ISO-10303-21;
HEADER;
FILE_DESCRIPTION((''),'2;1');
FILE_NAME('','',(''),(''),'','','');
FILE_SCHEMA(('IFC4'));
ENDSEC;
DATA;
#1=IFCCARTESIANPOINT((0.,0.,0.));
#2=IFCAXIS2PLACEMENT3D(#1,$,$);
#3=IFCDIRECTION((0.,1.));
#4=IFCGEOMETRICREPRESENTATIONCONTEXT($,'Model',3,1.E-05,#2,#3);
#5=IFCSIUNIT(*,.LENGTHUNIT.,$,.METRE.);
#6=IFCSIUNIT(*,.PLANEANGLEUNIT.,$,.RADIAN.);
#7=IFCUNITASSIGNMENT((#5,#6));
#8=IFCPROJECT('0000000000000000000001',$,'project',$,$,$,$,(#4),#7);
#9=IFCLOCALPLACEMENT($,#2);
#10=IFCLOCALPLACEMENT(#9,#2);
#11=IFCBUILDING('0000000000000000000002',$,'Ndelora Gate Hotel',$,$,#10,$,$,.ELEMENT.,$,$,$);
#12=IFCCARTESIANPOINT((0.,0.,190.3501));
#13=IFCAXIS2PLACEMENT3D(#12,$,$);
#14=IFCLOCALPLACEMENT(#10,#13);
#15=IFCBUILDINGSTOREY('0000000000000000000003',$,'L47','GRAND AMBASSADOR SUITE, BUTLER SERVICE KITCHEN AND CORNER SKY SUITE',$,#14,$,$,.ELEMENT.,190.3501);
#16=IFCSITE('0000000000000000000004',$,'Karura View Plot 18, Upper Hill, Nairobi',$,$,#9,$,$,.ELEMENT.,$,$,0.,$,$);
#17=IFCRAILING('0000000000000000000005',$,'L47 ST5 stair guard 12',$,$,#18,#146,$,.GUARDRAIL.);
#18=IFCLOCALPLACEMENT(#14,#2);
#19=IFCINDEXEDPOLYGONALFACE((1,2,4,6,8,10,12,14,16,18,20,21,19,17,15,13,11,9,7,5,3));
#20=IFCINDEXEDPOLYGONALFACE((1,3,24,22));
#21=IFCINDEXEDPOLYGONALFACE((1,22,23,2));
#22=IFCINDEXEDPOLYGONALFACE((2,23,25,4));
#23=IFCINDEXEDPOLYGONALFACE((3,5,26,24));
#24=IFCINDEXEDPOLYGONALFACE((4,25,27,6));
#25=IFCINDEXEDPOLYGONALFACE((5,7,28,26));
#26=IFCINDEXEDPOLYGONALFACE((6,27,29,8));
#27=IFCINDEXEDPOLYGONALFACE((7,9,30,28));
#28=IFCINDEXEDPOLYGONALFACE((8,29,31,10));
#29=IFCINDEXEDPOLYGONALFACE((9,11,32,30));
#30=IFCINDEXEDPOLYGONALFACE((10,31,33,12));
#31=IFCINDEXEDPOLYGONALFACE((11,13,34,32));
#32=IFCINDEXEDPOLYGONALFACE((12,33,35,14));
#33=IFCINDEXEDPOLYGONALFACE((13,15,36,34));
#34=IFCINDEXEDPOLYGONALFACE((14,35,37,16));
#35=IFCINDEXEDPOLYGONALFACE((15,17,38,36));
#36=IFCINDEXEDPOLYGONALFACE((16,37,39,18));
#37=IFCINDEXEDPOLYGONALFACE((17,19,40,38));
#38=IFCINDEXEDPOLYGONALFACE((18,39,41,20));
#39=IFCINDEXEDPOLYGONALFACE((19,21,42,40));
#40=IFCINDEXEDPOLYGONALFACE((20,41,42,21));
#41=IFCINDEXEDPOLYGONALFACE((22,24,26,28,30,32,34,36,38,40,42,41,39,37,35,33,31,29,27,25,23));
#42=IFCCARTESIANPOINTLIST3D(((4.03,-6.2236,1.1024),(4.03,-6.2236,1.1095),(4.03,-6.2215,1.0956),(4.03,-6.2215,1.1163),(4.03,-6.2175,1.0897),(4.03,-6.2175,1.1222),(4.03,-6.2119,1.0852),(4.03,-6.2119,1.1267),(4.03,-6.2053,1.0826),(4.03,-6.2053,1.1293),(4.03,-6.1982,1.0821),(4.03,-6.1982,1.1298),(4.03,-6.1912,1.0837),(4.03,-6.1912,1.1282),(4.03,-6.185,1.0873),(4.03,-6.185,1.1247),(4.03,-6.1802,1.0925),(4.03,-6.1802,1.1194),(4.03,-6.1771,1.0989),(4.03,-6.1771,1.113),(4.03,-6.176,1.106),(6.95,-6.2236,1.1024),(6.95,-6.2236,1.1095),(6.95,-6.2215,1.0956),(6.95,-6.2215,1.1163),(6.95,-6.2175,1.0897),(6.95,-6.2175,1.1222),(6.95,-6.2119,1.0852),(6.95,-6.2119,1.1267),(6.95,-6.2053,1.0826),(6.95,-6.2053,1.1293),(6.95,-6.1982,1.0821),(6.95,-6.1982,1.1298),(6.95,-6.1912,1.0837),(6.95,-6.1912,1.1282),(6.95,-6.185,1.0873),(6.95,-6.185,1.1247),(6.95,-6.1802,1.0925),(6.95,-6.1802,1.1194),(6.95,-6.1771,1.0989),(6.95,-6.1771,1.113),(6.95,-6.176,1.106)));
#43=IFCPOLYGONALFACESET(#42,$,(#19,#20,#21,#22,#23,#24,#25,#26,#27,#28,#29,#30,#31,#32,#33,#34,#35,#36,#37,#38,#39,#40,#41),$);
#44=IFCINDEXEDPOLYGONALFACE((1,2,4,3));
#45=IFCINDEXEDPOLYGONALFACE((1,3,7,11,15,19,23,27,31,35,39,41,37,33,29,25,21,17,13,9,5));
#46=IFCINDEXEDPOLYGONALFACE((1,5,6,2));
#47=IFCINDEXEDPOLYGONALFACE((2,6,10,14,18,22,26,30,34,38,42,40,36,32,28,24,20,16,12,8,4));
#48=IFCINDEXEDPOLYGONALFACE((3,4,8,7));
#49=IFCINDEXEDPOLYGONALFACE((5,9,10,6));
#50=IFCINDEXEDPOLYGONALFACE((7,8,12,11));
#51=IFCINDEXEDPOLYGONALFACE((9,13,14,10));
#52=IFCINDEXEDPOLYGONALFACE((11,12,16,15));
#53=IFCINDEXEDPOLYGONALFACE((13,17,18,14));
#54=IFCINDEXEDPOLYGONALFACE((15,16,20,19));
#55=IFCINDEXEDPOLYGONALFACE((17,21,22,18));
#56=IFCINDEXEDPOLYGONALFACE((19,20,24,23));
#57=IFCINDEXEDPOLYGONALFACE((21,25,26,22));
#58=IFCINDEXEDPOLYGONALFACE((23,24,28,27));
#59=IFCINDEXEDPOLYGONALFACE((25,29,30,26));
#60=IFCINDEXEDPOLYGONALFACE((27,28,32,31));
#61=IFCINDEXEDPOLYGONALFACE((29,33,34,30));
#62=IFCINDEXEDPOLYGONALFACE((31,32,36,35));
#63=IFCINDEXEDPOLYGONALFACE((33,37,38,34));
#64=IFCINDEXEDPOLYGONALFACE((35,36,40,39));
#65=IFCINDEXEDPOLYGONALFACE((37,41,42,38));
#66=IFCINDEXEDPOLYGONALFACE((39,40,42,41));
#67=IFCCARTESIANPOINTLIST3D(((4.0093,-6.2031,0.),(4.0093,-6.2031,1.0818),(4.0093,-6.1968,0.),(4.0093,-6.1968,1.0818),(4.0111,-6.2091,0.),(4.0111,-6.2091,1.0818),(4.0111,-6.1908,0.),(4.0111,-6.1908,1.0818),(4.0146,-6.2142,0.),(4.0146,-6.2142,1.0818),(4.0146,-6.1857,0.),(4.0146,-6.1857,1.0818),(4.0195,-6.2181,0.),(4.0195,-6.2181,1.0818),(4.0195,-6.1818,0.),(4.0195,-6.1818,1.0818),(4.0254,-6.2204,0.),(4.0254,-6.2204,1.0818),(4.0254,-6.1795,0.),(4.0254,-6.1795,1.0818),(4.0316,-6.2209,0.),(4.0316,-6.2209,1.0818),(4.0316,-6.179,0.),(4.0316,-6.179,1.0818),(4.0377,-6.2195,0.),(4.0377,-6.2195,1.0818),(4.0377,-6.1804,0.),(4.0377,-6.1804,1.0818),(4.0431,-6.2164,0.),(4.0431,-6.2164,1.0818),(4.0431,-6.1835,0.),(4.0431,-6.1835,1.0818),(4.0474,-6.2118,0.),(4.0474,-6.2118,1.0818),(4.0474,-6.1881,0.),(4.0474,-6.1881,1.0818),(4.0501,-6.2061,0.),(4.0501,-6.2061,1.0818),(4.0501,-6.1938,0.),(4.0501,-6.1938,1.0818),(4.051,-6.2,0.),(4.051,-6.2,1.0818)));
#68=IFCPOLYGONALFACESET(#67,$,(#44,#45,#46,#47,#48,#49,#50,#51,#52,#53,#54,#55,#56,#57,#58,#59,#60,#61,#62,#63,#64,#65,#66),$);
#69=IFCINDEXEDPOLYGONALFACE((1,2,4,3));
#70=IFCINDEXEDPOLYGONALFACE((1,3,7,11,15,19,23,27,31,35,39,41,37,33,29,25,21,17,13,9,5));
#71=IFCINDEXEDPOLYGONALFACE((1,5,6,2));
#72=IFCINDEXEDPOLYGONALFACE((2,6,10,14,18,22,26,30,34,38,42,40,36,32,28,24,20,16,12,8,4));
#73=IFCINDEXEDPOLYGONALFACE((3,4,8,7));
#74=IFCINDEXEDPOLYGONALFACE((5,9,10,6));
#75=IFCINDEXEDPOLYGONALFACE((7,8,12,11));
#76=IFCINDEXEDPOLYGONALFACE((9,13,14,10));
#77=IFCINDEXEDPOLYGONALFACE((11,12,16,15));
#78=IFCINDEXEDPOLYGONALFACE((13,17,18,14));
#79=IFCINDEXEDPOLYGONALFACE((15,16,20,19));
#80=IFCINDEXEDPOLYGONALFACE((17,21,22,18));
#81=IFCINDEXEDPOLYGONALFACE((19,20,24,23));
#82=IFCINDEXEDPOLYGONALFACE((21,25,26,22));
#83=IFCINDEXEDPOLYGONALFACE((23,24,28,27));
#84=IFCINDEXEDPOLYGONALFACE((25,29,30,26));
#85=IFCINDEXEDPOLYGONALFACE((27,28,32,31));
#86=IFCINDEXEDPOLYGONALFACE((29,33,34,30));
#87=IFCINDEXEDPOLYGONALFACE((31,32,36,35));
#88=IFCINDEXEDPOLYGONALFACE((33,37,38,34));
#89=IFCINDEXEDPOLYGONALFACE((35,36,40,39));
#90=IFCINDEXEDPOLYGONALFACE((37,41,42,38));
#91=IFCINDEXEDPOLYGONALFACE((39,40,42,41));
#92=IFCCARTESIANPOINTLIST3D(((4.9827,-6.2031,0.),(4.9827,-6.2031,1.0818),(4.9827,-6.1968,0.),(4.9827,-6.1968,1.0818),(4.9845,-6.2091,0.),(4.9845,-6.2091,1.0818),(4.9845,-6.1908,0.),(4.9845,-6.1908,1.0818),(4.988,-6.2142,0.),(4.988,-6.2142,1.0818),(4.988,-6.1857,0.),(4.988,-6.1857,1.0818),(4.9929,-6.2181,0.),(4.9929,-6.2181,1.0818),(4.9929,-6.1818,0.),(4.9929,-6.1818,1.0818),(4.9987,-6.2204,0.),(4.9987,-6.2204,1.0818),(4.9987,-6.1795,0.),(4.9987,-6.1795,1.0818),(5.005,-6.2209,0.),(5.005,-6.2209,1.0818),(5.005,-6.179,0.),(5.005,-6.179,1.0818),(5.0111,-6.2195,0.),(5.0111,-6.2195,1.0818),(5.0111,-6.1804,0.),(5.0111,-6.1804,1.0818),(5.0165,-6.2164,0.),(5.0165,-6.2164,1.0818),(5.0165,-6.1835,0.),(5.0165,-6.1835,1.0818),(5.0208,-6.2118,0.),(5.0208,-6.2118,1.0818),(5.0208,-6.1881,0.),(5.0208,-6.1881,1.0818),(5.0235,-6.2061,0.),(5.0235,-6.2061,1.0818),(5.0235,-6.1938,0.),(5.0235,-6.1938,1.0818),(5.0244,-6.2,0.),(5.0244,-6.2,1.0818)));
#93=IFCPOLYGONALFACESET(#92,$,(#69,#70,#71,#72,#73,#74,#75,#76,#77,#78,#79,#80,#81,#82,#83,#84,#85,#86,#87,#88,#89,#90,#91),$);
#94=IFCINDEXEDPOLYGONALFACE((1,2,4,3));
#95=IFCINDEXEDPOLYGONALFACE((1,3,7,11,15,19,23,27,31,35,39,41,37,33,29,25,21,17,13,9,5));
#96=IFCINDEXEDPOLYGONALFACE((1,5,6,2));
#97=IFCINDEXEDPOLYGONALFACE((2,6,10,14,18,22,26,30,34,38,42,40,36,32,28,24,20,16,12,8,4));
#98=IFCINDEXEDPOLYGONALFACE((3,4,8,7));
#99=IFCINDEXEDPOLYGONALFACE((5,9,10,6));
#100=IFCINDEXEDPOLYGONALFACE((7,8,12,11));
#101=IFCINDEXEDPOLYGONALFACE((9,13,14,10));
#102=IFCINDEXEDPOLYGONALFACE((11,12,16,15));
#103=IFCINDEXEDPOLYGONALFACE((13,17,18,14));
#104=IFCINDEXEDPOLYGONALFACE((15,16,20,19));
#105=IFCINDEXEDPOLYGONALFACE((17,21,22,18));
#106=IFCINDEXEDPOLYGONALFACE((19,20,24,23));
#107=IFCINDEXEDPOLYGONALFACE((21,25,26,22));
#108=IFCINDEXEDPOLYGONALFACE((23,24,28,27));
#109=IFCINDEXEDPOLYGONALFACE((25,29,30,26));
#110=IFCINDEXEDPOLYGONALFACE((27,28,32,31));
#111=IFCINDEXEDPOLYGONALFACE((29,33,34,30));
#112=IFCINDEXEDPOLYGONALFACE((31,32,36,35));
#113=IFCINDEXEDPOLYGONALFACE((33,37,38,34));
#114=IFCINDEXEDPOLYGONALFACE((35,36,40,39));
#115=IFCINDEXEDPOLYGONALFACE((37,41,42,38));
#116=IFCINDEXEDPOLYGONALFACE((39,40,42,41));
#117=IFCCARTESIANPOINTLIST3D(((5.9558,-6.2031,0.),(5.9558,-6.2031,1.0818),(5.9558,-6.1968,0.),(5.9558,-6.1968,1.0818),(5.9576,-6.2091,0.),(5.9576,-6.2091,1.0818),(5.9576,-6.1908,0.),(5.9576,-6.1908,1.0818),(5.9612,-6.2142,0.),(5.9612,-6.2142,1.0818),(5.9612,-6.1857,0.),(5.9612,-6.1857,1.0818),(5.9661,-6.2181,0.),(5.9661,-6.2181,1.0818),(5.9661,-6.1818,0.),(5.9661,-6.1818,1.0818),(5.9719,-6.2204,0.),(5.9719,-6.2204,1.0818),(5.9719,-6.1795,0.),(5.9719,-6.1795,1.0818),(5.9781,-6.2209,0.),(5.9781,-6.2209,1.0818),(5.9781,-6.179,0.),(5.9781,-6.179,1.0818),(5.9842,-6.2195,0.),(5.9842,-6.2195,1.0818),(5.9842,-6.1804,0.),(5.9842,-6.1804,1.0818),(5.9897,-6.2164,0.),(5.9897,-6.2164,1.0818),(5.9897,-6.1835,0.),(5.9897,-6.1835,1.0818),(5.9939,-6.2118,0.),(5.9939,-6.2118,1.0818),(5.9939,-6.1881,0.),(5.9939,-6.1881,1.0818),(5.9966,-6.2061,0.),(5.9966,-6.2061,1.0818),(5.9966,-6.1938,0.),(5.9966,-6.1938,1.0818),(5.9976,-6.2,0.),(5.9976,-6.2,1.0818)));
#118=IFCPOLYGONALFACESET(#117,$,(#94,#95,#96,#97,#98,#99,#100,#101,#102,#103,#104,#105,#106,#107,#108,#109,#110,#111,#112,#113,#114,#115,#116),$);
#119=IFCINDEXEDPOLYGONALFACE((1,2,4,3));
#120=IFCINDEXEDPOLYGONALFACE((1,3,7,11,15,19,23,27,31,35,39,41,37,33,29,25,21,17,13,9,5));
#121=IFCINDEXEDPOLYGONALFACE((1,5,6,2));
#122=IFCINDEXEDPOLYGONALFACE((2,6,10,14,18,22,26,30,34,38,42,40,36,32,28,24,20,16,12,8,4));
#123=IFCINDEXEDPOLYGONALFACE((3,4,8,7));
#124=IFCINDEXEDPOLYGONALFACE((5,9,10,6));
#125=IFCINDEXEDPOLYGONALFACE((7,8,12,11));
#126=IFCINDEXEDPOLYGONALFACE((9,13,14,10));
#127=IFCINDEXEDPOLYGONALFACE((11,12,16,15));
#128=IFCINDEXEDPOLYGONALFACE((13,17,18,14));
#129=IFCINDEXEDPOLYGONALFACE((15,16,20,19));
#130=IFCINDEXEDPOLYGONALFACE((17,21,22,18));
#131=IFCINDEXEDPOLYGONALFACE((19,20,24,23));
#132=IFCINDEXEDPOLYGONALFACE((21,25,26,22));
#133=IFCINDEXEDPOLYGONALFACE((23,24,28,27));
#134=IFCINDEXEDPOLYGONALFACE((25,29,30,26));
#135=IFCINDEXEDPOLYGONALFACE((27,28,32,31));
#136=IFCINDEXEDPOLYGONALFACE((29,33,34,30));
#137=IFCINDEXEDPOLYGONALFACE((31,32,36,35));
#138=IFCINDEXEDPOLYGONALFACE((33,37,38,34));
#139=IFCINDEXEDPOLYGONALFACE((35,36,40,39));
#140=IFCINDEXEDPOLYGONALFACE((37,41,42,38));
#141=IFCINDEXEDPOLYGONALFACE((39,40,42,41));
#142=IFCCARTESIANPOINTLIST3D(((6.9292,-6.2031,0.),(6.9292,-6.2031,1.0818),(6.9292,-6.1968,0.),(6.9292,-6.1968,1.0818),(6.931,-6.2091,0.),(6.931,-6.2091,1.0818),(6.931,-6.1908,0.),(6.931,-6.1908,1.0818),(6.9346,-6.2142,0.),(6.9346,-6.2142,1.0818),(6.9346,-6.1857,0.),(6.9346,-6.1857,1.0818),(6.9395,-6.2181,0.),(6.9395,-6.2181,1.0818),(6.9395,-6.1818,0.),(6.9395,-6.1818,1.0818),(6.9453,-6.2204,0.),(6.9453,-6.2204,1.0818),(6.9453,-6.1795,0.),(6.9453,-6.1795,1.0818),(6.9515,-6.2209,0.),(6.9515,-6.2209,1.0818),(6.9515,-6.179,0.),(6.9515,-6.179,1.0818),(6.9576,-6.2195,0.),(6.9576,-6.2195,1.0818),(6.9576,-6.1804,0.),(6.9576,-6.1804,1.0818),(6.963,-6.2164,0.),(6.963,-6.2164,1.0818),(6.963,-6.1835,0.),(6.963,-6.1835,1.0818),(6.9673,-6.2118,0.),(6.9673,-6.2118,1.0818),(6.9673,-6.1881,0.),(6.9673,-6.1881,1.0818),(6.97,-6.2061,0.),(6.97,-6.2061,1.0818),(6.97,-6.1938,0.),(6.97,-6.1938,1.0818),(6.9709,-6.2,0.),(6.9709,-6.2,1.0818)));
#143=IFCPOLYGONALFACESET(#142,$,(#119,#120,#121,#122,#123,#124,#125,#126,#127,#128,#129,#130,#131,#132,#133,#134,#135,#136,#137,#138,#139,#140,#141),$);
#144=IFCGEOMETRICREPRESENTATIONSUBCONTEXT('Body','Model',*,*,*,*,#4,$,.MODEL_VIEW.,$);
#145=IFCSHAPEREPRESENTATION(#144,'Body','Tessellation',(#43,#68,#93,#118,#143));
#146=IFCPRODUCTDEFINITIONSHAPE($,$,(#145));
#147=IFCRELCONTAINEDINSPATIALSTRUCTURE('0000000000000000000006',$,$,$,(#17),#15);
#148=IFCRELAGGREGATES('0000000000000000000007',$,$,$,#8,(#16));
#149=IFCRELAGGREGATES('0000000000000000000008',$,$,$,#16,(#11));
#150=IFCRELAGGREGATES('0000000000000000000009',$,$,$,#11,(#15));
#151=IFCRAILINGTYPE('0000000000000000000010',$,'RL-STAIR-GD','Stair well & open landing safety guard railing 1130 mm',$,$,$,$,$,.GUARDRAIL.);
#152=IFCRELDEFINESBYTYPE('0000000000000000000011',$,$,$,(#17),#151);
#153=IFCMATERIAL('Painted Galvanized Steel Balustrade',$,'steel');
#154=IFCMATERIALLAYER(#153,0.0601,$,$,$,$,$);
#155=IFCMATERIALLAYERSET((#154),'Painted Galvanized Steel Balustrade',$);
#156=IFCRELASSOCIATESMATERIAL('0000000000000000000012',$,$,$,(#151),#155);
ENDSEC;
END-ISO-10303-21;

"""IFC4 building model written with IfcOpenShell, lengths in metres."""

from ifc_helpers import new_model, si_unit, direction, frame, origin, origin_2d, place, context, subcontext, project, spatial, circle, extrude, material, layer, layer_set, type_object, element, save


model = new_model("IFC4")

# Units and contexts
model_context = context("Model", 3, precision=1e-05, world=origin(), true_north=direction((0.0, 1.0)))
body_context = subcontext(model_context, "Body", "Model", "MODEL_VIEW")
ifc_project = project(units=[si_unit("LENGTHUNIT", "METRE"), si_unit("PLANEANGLEUNIT", "RADIAN")], contexts=[model_context])

# Site, building, storey
site_placement = place(None, origin())
site = spatial("IfcSite", under=ifc_project, at=site_placement, Name="Karura View Plot 18, Upper Hill, Nairobi", CompositionType="ELEMENT", RefElevation=0.0)
building_placement = place(site_placement, origin())
building = spatial("IfcBuilding", under=site, at=building_placement, Name="Ndelora Gate Hotel", CompositionType="ELEMENT")
storey_placement = place(building_placement, frame((0.0, 0.0, 190.3501)))
storey = spatial("IfcBuildingStorey", under=building, at=storey_placement, Name="L47", Description="GRAND AMBASSADOR SUITE, BUTLER SERVICE KITCHEN AND CORNER SKY SUITE", CompositionType="ELEMENT", Elevation=190.3501)

# Railing
ifc_material_1 = material(Name="Painted Galvanized Steel Balustrade", Category="steel")
ifc_layer_1 = layer(ifc_material_1, 0.0601)
ifc_layer_set_1 = layer_set([ifc_layer_1], Name="Painted Galvanized Steel Balustrade")
railing_type_1 = type_object("IfcRailingType", Name="RL-STAIR-GD", Description="Stair well & open landing safety guard railing 1130 mm", PredefinedType="GUARDRAIL", material=ifc_layer_set_1)
railing_1_placement = place(storey_placement, frame((4.03, -6.2, 0.0)))
element("IfcRailing", 1, at=railing_1_placement, inside=storey, type_object=railing_type_1, Name="L47 ST5 stair guard 12", PredefinedType="GUARDRAIL", context=body_context, shape_type="SweptSolid", body=[
    extrude(circle(Radius=0.0239, at=origin_2d()), frame((0.0, 0.0, 1.106), z_axis=(1.0, 0.0, 0.0), x_axis=(0.0, 1.0, 0.0)), (0.0, 0.0, 1.0), 2.9199),
    extrude(circle(Radius=0.021, at=origin_2d()), origin(), (0.0, 0.0, 1.0), 1.0818),
    extrude(circle(Radius=0.021, at=origin_2d()), frame((0.9734, 0.0, 0.0)), (0.0, 0.0, 1.0), 1.0818),
    extrude(circle(Radius=0.021, at=origin_2d()), frame((1.9465, 0.0, 0.0)), (0.0, 0.0, 1.0), 1.0818),
    extrude(circle(Radius=0.021, at=origin_2d()), frame((2.9199, 0.0, 0.0)), (0.0, 0.0, 1.0), 1.0818),
])

save(model, "model.ifc")
